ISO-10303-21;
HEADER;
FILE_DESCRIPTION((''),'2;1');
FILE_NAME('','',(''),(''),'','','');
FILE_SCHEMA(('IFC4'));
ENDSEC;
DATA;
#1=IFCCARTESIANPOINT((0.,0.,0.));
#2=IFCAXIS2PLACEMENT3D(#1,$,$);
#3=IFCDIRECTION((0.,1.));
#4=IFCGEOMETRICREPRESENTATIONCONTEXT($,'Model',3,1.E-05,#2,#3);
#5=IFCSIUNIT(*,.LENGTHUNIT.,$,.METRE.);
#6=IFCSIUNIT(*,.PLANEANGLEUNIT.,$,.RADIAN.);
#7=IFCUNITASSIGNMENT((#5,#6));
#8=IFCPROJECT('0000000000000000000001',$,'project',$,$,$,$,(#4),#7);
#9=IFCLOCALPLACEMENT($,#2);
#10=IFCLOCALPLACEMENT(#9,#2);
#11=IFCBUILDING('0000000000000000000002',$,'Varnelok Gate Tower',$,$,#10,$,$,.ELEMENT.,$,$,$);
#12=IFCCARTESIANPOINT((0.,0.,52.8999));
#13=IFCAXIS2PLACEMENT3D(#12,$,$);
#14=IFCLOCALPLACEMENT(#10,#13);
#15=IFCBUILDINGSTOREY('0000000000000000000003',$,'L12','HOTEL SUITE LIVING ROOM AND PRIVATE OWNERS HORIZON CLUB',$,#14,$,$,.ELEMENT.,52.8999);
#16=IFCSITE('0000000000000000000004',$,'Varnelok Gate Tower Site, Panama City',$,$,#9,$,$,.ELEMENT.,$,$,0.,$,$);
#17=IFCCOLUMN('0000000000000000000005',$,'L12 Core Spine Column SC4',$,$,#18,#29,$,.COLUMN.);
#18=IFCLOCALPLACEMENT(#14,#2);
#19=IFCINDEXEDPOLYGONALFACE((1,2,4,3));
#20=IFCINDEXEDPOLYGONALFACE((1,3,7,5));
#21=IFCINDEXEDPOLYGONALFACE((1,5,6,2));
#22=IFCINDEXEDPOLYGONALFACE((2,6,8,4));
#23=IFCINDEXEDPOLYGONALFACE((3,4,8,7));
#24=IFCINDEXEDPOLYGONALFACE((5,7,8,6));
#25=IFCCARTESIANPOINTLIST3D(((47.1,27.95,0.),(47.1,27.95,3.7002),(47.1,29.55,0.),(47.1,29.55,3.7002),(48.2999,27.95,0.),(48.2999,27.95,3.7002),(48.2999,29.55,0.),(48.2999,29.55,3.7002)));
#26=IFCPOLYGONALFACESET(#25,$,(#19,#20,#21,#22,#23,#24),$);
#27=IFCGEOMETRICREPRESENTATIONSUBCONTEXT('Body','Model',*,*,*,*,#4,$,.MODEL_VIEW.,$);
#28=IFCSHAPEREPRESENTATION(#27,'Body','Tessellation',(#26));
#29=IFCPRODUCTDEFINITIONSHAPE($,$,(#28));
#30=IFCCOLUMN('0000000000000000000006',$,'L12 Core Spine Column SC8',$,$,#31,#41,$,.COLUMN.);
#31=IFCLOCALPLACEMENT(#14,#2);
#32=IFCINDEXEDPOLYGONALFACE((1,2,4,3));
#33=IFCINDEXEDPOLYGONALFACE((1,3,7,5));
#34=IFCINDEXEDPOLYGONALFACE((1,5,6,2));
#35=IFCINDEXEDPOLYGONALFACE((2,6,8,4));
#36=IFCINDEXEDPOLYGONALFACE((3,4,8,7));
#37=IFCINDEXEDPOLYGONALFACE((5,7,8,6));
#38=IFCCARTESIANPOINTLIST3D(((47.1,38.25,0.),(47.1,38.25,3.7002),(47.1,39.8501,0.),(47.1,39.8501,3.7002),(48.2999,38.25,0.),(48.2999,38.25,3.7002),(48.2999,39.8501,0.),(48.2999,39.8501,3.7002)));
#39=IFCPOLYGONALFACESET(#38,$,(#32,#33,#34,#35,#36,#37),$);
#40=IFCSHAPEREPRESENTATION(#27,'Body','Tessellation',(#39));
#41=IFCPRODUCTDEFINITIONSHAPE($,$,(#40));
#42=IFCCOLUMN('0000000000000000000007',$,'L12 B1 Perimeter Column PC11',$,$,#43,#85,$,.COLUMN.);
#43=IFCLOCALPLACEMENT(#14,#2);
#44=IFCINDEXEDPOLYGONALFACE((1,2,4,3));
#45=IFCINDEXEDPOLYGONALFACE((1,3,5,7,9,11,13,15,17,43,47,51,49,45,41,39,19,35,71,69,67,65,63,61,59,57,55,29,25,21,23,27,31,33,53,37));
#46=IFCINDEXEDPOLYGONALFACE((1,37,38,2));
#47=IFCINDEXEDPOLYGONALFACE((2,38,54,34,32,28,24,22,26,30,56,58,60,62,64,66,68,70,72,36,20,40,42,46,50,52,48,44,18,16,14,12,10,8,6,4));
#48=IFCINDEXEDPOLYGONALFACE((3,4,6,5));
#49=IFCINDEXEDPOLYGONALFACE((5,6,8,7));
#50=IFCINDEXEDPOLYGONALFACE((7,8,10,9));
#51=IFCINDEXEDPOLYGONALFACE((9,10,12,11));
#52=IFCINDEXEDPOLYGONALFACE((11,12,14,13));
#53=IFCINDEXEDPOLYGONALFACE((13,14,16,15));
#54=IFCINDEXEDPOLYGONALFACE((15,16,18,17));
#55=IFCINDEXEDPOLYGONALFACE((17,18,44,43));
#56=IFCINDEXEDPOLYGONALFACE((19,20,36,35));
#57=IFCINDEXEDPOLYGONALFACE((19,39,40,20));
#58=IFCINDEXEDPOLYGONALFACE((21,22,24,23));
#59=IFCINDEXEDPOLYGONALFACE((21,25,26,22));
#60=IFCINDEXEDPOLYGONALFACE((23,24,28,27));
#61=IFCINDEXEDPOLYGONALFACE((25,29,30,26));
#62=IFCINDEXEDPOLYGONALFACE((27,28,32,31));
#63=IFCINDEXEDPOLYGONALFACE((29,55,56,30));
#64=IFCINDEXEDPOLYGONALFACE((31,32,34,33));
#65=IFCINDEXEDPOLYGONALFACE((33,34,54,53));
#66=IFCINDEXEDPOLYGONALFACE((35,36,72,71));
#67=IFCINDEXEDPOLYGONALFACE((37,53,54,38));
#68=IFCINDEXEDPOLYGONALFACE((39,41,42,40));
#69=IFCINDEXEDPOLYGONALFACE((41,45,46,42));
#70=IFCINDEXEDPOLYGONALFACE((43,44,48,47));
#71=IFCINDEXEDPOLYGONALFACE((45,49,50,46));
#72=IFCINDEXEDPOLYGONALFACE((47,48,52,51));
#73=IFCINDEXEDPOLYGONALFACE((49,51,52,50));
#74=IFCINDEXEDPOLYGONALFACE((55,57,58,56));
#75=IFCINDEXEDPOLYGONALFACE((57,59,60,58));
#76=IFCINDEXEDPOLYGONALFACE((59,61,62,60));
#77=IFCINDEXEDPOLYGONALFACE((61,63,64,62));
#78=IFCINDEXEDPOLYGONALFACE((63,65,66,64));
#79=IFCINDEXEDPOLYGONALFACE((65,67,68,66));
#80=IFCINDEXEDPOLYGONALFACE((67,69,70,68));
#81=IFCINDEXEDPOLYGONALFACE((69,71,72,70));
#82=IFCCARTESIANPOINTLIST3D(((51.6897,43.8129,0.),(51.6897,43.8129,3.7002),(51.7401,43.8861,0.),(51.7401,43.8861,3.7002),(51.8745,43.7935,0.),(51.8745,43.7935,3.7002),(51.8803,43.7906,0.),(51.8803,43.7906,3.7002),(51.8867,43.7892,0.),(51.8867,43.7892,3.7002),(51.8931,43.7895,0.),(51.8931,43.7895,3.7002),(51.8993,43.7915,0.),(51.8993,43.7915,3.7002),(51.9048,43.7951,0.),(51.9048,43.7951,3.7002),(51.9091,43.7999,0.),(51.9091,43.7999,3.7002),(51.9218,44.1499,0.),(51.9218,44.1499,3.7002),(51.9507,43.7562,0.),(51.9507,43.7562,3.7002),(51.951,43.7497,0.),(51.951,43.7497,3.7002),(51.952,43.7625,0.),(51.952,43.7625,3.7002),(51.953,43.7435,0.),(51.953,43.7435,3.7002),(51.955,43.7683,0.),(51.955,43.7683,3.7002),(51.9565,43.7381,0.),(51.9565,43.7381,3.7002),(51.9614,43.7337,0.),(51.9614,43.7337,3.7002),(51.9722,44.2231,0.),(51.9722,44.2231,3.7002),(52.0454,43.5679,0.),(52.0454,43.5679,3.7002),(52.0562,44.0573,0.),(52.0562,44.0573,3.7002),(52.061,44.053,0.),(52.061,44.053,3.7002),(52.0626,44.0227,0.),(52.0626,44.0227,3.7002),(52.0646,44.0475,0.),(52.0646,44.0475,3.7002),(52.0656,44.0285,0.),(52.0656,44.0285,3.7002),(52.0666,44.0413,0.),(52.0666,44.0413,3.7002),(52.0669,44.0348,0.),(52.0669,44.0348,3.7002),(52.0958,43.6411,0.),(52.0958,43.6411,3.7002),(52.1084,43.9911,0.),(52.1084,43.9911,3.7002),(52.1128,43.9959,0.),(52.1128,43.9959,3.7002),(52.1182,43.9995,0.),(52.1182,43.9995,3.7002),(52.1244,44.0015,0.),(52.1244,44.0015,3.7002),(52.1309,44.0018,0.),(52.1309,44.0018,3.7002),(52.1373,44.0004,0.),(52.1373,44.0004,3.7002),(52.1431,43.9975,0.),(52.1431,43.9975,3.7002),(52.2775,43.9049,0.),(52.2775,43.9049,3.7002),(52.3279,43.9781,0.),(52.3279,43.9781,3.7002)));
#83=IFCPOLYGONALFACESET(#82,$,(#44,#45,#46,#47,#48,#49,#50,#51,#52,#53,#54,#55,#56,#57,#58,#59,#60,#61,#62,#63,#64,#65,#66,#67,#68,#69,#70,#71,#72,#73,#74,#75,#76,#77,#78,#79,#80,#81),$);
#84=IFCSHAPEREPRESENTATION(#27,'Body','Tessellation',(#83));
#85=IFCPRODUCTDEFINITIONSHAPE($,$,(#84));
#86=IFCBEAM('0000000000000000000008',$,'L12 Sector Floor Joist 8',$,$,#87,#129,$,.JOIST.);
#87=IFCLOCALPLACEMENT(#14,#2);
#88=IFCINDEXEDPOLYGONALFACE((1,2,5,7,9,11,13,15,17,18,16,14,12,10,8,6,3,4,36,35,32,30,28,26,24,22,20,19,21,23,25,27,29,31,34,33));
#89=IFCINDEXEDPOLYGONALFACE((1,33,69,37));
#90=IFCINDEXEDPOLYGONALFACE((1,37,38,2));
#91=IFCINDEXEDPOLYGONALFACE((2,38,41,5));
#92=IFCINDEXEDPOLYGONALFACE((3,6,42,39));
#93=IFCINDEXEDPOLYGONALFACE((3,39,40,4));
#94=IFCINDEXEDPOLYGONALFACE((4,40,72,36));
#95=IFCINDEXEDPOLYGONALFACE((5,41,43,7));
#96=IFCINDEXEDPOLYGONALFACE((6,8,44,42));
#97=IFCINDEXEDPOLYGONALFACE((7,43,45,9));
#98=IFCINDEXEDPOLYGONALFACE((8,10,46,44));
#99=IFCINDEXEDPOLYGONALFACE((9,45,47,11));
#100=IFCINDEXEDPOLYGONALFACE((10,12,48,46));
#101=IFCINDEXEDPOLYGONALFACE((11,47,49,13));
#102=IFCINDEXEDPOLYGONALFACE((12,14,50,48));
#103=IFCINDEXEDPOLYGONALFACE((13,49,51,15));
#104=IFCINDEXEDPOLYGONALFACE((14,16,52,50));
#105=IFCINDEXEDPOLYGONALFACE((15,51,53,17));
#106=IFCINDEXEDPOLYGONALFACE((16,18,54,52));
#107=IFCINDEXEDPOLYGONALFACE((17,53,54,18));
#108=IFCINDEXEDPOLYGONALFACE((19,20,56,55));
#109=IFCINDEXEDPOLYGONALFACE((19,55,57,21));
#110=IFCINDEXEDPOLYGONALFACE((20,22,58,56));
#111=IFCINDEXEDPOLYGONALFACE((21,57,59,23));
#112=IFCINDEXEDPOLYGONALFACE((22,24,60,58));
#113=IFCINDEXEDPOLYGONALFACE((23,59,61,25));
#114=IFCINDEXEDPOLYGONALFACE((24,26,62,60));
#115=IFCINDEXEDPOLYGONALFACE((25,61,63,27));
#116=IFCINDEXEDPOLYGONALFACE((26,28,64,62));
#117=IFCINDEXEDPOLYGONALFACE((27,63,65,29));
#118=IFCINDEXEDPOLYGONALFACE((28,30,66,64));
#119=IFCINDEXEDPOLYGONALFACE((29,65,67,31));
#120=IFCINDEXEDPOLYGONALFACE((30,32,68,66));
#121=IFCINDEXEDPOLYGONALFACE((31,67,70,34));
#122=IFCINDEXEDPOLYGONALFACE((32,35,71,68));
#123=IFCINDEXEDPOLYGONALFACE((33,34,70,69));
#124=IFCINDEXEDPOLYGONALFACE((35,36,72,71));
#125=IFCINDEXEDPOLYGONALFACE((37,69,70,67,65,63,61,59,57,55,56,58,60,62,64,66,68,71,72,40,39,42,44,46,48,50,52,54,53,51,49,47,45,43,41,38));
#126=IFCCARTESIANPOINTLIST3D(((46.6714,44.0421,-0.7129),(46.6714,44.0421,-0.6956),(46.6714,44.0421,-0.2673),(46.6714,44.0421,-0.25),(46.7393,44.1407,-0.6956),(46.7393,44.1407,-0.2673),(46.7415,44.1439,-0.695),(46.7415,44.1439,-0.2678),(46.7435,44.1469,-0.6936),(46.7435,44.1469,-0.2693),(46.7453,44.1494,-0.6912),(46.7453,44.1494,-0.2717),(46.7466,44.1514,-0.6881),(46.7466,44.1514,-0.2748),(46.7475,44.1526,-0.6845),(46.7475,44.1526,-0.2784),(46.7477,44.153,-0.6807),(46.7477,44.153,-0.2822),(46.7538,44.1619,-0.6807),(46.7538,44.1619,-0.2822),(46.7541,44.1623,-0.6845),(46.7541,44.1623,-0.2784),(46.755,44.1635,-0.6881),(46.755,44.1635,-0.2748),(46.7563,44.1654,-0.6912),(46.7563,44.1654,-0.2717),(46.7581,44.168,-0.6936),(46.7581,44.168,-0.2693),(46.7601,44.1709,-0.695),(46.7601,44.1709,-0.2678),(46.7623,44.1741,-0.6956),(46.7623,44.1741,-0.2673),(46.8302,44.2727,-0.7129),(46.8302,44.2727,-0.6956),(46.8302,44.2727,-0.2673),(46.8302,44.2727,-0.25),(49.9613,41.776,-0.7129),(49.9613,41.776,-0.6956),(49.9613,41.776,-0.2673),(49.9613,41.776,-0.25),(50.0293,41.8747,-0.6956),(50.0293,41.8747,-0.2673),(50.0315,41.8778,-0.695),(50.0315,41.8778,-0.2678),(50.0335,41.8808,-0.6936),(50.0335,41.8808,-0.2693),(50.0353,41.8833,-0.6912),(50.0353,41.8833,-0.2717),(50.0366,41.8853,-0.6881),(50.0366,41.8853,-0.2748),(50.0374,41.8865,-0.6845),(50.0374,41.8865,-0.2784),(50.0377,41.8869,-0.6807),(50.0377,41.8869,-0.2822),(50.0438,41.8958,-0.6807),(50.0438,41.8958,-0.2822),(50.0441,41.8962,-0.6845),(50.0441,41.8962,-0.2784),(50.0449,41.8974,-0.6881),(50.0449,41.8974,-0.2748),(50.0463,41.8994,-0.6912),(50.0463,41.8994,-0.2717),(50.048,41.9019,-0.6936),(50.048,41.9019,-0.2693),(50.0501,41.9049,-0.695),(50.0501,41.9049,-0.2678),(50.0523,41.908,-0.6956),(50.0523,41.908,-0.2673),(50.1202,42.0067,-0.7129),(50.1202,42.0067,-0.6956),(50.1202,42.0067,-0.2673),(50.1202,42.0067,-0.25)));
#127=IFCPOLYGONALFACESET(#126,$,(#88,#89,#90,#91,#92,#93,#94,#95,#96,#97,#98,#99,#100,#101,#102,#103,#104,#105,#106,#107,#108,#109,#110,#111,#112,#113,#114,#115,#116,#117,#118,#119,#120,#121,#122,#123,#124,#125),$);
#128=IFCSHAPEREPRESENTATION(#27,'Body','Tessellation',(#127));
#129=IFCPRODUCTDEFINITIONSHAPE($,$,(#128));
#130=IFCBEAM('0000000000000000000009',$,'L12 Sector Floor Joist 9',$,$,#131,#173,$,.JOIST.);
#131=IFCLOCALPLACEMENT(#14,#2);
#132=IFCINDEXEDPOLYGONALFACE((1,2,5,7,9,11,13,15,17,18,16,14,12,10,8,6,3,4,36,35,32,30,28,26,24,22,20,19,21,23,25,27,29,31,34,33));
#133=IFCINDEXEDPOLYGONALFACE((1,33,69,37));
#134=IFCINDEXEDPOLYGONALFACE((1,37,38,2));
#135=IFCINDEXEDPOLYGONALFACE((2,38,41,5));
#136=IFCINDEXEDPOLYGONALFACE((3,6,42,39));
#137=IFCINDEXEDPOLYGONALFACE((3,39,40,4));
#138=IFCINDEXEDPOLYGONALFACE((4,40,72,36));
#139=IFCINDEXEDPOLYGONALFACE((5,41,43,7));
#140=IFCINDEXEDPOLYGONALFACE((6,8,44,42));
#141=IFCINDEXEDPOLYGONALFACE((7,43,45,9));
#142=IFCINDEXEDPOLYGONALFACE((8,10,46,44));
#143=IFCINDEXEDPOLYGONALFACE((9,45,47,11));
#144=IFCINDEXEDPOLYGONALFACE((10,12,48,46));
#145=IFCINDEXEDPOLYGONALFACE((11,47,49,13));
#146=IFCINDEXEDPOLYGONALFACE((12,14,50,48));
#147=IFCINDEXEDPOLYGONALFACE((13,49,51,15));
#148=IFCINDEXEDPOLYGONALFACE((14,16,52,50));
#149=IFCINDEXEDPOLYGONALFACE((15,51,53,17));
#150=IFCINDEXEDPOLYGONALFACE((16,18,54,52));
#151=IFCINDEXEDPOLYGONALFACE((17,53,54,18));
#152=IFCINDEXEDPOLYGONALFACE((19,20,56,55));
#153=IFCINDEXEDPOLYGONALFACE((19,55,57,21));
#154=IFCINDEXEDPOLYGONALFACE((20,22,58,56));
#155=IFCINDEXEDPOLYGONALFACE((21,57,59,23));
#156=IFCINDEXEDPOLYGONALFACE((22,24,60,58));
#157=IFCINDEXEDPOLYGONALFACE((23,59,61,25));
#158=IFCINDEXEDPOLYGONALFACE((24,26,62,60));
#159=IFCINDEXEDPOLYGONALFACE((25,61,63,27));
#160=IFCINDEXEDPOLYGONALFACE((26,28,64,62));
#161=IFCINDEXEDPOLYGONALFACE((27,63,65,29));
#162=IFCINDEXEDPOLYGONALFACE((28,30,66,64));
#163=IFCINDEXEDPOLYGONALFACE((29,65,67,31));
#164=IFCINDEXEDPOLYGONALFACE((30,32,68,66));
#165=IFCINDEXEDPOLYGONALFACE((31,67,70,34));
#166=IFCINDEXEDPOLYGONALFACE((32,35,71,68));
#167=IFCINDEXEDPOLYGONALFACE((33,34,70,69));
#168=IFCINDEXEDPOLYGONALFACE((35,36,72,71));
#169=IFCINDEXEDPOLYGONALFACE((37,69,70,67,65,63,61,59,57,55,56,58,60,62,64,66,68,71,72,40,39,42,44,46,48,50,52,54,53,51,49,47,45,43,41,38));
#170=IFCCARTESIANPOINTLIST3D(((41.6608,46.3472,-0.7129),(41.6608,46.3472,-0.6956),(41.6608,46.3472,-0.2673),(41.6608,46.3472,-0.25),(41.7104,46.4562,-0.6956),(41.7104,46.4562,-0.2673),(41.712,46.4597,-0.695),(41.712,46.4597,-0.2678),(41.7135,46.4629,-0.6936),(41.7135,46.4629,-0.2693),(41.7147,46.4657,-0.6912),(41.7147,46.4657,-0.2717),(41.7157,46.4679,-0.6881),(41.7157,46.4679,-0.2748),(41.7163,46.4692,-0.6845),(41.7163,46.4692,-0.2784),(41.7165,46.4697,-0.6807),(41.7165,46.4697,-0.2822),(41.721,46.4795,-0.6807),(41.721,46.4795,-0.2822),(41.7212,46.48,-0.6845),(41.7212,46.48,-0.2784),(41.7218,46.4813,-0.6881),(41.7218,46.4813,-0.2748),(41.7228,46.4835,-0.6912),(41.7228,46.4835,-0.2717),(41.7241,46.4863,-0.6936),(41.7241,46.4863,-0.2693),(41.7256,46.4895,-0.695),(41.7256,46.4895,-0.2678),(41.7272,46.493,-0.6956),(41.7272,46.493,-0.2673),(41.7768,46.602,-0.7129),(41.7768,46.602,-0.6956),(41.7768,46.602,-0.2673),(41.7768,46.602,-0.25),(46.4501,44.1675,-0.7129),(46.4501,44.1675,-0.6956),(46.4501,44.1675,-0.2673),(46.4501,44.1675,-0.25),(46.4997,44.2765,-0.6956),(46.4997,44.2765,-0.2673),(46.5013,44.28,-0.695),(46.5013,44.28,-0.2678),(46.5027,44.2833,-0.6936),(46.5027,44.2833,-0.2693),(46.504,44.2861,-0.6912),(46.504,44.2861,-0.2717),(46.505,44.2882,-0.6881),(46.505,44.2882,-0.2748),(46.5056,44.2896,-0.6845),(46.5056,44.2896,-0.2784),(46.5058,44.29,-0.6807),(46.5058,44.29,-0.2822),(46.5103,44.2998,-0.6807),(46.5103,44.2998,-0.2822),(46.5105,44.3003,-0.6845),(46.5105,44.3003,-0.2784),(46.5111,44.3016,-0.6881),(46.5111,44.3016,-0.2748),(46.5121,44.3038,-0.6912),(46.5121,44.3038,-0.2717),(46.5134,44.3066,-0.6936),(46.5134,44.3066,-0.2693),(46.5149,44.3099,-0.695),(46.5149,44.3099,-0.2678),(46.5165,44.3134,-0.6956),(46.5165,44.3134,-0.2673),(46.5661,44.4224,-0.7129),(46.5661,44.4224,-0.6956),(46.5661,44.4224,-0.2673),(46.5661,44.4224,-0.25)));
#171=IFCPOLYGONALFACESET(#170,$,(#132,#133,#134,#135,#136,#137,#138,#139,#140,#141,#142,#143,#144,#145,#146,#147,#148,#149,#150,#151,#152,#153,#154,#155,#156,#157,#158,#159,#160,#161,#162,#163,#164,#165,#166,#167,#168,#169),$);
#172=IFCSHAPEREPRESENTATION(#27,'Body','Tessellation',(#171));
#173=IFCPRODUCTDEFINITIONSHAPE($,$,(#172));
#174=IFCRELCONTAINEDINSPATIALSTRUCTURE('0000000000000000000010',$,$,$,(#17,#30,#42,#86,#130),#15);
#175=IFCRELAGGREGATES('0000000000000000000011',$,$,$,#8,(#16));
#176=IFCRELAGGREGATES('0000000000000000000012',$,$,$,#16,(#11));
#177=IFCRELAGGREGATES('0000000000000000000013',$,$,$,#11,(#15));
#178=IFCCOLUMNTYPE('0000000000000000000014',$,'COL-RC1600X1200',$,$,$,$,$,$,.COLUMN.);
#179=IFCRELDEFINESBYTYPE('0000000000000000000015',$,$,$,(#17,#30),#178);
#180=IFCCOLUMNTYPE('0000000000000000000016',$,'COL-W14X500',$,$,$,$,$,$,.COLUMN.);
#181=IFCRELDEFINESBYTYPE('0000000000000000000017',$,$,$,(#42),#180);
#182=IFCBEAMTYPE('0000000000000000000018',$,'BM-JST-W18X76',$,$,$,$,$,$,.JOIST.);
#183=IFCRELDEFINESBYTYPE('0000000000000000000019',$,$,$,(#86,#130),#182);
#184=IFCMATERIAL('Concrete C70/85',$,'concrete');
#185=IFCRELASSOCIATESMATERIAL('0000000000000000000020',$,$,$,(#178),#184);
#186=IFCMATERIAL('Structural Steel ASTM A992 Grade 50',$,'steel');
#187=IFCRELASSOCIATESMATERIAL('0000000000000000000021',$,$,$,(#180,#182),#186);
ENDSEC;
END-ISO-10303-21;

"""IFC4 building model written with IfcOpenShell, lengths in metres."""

from ifc_helpers import new_model, si_unit, direction, frame, origin, origin_2d, place, context, subcontext, project, spatial, rectangle, i_section, extrude, material, material_profile, profile_set, type_object, element, save


model = new_model("IFC4")

# Units and contexts
model_context = context("Model", 3, precision=1e-05, world=origin(), true_north=direction((0.0, 1.0)))
body_context = subcontext(model_context, "Body", "Model", "MODEL_VIEW")
ifc_project = project(units=[si_unit("LENGTHUNIT", "METRE"), si_unit("PLANEANGLEUNIT", "RADIAN")], contexts=[model_context])

# Site, building, storey
site_placement = place(None, origin())
site = spatial("IfcSite", under=ifc_project, at=site_placement, Name="Varnelok Gate Tower Site, Panama City", CompositionType="ELEMENT", RefElevation=0.0)
building_placement = place(site_placement, origin())
building = spatial("IfcBuilding", under=site, at=building_placement, Name="Varnelok Gate Tower", CompositionType="ELEMENT")
storey_placement = place(building_placement, frame((0.0, 0.0, 52.8999)))
storey = spatial("IfcBuildingStorey", under=building, at=storey_placement, Name="L12", Description="HOTEL SUITE LIVING ROOM AND PRIVATE OWNERS HORIZON CLUB", CompositionType="ELEMENT", Elevation=52.8999)

# Columns
ifc_material_1 = material(Name="Concrete C70/85", Category="concrete")
ifc_material_profile_1 = material_profile(ifc_material_1, rectangle(XDim=1.2, YDim=1.6001, at=origin_2d()), Name="RC1600X1200")
ifc_profile_set_1 = profile_set([ifc_material_profile_1], Name="Concrete C70/85")
column_type_1 = type_object("IfcColumnType", Name="COL-RC1600X1200", PredefinedType="COLUMN", material=ifc_profile_set_1)
for number, where, z_axis, x_axis, name in (
    (1, (47.7, 28.75, 0.0), (0.0, 0.0, 1.0), (1.0, 0.0, 0.0), "L12 Core Spine Column SC4"),
    (2, (47.7, 39.05, 0.0), (0.0, 0.0, 1.0), (1.0, 0.0, 0.0), "L12 Core Spine Column SC8"),
):
    element("IfcColumn", number, at=place(storey_placement, frame(where, z_axis=z_axis, x_axis=x_axis)), inside=storey, type_object=column_type_1, Name=name, PredefinedType="COLUMN", context=body_context, shape_type="SweptSolid", body=[
        extrude(rectangle(XDim=1.2, YDim=1.6001, at=origin_2d()), origin(), (0.0, 0.0, 1.0), 3.7002),
    ])
ifc_material_2 = material(Name="Structural Steel ASTM A992 Grade 50", Category="steel")
ifc_material_profile_2 = material_profile(ifc_material_2, i_section(OverallWidth=0.4319, OverallDepth=0.498, WebThickness=0.0557, FlangeThickness=0.0889, FilletRadius=0.0249, at=origin_2d()), Name="W14X500")
ifc_profile_set_2 = profile_set([ifc_material_profile_2], Name="Structural Steel ASTM A992 Grade 50")
column_type_2 = type_object("IfcColumnType", Name="COL-W14X500", PredefinedType="COLUMN", material=ifc_profile_set_2)
column_placement = place(storey_placement, frame((52.0088, 43.8955, 0.0), z_axis=(0.0, 0.0, 1.0), x_axis=(0.823533, -0.567269, 0.0)))
element("IfcColumn", 3, at=column_placement, inside=storey, type_object=column_type_2, Name="L12 B1 Perimeter Column PC11", PredefinedType="COLUMN", context=body_context, shape_type="SweptSolid", body=[
    extrude(i_section(OverallWidth=0.4319, OverallDepth=0.498, WebThickness=0.0557, FlangeThickness=0.0889, FilletRadius=0.0249, at=origin_2d()), origin(), (0.0, 0.0, 1.0), 3.7002),
])

# Beams
ifc_material_profile_3 = material_profile(ifc_material_2, i_section(OverallWidth=0.28, OverallDepth=0.4629, WebThickness=0.0107, FlangeThickness=0.0173, FilletRadius=0.0149, at=origin_2d()), Name="W18X76")
ifc_profile_set_3 = profile_set([ifc_material_profile_3], Name="Structural Steel ASTM A992 Grade 50")
beam_type_1 = type_object("IfcBeamType", Name="BM-JST-W18X76", PredefinedType="JOIST", material=ifc_profile_set_3)
beam_1_placement = place(storey_placement, frame((50.0408, 41.8914, -0.4814), z_axis=(-0.823549, 0.567244, 0.0), x_axis=(-0.567244, -0.823549, 0.0)))
element("IfcBeam", 4, at=beam_1_placement, inside=storey, type_object=beam_type_1, Name="L12 Sector Floor Joist 8", PredefinedType="JOIST", context=body_context, shape_type="SweptSolid", body=[
    extrude(i_section(OverallWidth=0.28, OverallDepth=0.4629, WebThickness=0.0107, FlangeThickness=0.0173, FilletRadius=0.0149, at=origin_2d()), origin(), (0.0, 0.0, 1.0), 3.9949),
])
beam_2_placement = place(storey_placement, frame((46.5081, 44.2949, -0.4814), z_axis=(-0.910171, 0.414233, 0.0), x_axis=(-0.414233, -0.910171, 0.0)))
element("IfcBeam", 5, at=beam_2_placement, inside=storey, type_object=beam_type_1, Name="L12 Sector Floor Joist 9", PredefinedType="JOIST", context=body_context, shape_type="SweptSolid", body=[
    extrude(i_section(OverallWidth=0.28, OverallDepth=0.4629, WebThickness=0.0107, FlangeThickness=0.0173, FilletRadius=0.0149, at=origin_2d()), origin(), (0.0, 0.0, 1.0), 5.262),
])

save(model, "model.ifc")
